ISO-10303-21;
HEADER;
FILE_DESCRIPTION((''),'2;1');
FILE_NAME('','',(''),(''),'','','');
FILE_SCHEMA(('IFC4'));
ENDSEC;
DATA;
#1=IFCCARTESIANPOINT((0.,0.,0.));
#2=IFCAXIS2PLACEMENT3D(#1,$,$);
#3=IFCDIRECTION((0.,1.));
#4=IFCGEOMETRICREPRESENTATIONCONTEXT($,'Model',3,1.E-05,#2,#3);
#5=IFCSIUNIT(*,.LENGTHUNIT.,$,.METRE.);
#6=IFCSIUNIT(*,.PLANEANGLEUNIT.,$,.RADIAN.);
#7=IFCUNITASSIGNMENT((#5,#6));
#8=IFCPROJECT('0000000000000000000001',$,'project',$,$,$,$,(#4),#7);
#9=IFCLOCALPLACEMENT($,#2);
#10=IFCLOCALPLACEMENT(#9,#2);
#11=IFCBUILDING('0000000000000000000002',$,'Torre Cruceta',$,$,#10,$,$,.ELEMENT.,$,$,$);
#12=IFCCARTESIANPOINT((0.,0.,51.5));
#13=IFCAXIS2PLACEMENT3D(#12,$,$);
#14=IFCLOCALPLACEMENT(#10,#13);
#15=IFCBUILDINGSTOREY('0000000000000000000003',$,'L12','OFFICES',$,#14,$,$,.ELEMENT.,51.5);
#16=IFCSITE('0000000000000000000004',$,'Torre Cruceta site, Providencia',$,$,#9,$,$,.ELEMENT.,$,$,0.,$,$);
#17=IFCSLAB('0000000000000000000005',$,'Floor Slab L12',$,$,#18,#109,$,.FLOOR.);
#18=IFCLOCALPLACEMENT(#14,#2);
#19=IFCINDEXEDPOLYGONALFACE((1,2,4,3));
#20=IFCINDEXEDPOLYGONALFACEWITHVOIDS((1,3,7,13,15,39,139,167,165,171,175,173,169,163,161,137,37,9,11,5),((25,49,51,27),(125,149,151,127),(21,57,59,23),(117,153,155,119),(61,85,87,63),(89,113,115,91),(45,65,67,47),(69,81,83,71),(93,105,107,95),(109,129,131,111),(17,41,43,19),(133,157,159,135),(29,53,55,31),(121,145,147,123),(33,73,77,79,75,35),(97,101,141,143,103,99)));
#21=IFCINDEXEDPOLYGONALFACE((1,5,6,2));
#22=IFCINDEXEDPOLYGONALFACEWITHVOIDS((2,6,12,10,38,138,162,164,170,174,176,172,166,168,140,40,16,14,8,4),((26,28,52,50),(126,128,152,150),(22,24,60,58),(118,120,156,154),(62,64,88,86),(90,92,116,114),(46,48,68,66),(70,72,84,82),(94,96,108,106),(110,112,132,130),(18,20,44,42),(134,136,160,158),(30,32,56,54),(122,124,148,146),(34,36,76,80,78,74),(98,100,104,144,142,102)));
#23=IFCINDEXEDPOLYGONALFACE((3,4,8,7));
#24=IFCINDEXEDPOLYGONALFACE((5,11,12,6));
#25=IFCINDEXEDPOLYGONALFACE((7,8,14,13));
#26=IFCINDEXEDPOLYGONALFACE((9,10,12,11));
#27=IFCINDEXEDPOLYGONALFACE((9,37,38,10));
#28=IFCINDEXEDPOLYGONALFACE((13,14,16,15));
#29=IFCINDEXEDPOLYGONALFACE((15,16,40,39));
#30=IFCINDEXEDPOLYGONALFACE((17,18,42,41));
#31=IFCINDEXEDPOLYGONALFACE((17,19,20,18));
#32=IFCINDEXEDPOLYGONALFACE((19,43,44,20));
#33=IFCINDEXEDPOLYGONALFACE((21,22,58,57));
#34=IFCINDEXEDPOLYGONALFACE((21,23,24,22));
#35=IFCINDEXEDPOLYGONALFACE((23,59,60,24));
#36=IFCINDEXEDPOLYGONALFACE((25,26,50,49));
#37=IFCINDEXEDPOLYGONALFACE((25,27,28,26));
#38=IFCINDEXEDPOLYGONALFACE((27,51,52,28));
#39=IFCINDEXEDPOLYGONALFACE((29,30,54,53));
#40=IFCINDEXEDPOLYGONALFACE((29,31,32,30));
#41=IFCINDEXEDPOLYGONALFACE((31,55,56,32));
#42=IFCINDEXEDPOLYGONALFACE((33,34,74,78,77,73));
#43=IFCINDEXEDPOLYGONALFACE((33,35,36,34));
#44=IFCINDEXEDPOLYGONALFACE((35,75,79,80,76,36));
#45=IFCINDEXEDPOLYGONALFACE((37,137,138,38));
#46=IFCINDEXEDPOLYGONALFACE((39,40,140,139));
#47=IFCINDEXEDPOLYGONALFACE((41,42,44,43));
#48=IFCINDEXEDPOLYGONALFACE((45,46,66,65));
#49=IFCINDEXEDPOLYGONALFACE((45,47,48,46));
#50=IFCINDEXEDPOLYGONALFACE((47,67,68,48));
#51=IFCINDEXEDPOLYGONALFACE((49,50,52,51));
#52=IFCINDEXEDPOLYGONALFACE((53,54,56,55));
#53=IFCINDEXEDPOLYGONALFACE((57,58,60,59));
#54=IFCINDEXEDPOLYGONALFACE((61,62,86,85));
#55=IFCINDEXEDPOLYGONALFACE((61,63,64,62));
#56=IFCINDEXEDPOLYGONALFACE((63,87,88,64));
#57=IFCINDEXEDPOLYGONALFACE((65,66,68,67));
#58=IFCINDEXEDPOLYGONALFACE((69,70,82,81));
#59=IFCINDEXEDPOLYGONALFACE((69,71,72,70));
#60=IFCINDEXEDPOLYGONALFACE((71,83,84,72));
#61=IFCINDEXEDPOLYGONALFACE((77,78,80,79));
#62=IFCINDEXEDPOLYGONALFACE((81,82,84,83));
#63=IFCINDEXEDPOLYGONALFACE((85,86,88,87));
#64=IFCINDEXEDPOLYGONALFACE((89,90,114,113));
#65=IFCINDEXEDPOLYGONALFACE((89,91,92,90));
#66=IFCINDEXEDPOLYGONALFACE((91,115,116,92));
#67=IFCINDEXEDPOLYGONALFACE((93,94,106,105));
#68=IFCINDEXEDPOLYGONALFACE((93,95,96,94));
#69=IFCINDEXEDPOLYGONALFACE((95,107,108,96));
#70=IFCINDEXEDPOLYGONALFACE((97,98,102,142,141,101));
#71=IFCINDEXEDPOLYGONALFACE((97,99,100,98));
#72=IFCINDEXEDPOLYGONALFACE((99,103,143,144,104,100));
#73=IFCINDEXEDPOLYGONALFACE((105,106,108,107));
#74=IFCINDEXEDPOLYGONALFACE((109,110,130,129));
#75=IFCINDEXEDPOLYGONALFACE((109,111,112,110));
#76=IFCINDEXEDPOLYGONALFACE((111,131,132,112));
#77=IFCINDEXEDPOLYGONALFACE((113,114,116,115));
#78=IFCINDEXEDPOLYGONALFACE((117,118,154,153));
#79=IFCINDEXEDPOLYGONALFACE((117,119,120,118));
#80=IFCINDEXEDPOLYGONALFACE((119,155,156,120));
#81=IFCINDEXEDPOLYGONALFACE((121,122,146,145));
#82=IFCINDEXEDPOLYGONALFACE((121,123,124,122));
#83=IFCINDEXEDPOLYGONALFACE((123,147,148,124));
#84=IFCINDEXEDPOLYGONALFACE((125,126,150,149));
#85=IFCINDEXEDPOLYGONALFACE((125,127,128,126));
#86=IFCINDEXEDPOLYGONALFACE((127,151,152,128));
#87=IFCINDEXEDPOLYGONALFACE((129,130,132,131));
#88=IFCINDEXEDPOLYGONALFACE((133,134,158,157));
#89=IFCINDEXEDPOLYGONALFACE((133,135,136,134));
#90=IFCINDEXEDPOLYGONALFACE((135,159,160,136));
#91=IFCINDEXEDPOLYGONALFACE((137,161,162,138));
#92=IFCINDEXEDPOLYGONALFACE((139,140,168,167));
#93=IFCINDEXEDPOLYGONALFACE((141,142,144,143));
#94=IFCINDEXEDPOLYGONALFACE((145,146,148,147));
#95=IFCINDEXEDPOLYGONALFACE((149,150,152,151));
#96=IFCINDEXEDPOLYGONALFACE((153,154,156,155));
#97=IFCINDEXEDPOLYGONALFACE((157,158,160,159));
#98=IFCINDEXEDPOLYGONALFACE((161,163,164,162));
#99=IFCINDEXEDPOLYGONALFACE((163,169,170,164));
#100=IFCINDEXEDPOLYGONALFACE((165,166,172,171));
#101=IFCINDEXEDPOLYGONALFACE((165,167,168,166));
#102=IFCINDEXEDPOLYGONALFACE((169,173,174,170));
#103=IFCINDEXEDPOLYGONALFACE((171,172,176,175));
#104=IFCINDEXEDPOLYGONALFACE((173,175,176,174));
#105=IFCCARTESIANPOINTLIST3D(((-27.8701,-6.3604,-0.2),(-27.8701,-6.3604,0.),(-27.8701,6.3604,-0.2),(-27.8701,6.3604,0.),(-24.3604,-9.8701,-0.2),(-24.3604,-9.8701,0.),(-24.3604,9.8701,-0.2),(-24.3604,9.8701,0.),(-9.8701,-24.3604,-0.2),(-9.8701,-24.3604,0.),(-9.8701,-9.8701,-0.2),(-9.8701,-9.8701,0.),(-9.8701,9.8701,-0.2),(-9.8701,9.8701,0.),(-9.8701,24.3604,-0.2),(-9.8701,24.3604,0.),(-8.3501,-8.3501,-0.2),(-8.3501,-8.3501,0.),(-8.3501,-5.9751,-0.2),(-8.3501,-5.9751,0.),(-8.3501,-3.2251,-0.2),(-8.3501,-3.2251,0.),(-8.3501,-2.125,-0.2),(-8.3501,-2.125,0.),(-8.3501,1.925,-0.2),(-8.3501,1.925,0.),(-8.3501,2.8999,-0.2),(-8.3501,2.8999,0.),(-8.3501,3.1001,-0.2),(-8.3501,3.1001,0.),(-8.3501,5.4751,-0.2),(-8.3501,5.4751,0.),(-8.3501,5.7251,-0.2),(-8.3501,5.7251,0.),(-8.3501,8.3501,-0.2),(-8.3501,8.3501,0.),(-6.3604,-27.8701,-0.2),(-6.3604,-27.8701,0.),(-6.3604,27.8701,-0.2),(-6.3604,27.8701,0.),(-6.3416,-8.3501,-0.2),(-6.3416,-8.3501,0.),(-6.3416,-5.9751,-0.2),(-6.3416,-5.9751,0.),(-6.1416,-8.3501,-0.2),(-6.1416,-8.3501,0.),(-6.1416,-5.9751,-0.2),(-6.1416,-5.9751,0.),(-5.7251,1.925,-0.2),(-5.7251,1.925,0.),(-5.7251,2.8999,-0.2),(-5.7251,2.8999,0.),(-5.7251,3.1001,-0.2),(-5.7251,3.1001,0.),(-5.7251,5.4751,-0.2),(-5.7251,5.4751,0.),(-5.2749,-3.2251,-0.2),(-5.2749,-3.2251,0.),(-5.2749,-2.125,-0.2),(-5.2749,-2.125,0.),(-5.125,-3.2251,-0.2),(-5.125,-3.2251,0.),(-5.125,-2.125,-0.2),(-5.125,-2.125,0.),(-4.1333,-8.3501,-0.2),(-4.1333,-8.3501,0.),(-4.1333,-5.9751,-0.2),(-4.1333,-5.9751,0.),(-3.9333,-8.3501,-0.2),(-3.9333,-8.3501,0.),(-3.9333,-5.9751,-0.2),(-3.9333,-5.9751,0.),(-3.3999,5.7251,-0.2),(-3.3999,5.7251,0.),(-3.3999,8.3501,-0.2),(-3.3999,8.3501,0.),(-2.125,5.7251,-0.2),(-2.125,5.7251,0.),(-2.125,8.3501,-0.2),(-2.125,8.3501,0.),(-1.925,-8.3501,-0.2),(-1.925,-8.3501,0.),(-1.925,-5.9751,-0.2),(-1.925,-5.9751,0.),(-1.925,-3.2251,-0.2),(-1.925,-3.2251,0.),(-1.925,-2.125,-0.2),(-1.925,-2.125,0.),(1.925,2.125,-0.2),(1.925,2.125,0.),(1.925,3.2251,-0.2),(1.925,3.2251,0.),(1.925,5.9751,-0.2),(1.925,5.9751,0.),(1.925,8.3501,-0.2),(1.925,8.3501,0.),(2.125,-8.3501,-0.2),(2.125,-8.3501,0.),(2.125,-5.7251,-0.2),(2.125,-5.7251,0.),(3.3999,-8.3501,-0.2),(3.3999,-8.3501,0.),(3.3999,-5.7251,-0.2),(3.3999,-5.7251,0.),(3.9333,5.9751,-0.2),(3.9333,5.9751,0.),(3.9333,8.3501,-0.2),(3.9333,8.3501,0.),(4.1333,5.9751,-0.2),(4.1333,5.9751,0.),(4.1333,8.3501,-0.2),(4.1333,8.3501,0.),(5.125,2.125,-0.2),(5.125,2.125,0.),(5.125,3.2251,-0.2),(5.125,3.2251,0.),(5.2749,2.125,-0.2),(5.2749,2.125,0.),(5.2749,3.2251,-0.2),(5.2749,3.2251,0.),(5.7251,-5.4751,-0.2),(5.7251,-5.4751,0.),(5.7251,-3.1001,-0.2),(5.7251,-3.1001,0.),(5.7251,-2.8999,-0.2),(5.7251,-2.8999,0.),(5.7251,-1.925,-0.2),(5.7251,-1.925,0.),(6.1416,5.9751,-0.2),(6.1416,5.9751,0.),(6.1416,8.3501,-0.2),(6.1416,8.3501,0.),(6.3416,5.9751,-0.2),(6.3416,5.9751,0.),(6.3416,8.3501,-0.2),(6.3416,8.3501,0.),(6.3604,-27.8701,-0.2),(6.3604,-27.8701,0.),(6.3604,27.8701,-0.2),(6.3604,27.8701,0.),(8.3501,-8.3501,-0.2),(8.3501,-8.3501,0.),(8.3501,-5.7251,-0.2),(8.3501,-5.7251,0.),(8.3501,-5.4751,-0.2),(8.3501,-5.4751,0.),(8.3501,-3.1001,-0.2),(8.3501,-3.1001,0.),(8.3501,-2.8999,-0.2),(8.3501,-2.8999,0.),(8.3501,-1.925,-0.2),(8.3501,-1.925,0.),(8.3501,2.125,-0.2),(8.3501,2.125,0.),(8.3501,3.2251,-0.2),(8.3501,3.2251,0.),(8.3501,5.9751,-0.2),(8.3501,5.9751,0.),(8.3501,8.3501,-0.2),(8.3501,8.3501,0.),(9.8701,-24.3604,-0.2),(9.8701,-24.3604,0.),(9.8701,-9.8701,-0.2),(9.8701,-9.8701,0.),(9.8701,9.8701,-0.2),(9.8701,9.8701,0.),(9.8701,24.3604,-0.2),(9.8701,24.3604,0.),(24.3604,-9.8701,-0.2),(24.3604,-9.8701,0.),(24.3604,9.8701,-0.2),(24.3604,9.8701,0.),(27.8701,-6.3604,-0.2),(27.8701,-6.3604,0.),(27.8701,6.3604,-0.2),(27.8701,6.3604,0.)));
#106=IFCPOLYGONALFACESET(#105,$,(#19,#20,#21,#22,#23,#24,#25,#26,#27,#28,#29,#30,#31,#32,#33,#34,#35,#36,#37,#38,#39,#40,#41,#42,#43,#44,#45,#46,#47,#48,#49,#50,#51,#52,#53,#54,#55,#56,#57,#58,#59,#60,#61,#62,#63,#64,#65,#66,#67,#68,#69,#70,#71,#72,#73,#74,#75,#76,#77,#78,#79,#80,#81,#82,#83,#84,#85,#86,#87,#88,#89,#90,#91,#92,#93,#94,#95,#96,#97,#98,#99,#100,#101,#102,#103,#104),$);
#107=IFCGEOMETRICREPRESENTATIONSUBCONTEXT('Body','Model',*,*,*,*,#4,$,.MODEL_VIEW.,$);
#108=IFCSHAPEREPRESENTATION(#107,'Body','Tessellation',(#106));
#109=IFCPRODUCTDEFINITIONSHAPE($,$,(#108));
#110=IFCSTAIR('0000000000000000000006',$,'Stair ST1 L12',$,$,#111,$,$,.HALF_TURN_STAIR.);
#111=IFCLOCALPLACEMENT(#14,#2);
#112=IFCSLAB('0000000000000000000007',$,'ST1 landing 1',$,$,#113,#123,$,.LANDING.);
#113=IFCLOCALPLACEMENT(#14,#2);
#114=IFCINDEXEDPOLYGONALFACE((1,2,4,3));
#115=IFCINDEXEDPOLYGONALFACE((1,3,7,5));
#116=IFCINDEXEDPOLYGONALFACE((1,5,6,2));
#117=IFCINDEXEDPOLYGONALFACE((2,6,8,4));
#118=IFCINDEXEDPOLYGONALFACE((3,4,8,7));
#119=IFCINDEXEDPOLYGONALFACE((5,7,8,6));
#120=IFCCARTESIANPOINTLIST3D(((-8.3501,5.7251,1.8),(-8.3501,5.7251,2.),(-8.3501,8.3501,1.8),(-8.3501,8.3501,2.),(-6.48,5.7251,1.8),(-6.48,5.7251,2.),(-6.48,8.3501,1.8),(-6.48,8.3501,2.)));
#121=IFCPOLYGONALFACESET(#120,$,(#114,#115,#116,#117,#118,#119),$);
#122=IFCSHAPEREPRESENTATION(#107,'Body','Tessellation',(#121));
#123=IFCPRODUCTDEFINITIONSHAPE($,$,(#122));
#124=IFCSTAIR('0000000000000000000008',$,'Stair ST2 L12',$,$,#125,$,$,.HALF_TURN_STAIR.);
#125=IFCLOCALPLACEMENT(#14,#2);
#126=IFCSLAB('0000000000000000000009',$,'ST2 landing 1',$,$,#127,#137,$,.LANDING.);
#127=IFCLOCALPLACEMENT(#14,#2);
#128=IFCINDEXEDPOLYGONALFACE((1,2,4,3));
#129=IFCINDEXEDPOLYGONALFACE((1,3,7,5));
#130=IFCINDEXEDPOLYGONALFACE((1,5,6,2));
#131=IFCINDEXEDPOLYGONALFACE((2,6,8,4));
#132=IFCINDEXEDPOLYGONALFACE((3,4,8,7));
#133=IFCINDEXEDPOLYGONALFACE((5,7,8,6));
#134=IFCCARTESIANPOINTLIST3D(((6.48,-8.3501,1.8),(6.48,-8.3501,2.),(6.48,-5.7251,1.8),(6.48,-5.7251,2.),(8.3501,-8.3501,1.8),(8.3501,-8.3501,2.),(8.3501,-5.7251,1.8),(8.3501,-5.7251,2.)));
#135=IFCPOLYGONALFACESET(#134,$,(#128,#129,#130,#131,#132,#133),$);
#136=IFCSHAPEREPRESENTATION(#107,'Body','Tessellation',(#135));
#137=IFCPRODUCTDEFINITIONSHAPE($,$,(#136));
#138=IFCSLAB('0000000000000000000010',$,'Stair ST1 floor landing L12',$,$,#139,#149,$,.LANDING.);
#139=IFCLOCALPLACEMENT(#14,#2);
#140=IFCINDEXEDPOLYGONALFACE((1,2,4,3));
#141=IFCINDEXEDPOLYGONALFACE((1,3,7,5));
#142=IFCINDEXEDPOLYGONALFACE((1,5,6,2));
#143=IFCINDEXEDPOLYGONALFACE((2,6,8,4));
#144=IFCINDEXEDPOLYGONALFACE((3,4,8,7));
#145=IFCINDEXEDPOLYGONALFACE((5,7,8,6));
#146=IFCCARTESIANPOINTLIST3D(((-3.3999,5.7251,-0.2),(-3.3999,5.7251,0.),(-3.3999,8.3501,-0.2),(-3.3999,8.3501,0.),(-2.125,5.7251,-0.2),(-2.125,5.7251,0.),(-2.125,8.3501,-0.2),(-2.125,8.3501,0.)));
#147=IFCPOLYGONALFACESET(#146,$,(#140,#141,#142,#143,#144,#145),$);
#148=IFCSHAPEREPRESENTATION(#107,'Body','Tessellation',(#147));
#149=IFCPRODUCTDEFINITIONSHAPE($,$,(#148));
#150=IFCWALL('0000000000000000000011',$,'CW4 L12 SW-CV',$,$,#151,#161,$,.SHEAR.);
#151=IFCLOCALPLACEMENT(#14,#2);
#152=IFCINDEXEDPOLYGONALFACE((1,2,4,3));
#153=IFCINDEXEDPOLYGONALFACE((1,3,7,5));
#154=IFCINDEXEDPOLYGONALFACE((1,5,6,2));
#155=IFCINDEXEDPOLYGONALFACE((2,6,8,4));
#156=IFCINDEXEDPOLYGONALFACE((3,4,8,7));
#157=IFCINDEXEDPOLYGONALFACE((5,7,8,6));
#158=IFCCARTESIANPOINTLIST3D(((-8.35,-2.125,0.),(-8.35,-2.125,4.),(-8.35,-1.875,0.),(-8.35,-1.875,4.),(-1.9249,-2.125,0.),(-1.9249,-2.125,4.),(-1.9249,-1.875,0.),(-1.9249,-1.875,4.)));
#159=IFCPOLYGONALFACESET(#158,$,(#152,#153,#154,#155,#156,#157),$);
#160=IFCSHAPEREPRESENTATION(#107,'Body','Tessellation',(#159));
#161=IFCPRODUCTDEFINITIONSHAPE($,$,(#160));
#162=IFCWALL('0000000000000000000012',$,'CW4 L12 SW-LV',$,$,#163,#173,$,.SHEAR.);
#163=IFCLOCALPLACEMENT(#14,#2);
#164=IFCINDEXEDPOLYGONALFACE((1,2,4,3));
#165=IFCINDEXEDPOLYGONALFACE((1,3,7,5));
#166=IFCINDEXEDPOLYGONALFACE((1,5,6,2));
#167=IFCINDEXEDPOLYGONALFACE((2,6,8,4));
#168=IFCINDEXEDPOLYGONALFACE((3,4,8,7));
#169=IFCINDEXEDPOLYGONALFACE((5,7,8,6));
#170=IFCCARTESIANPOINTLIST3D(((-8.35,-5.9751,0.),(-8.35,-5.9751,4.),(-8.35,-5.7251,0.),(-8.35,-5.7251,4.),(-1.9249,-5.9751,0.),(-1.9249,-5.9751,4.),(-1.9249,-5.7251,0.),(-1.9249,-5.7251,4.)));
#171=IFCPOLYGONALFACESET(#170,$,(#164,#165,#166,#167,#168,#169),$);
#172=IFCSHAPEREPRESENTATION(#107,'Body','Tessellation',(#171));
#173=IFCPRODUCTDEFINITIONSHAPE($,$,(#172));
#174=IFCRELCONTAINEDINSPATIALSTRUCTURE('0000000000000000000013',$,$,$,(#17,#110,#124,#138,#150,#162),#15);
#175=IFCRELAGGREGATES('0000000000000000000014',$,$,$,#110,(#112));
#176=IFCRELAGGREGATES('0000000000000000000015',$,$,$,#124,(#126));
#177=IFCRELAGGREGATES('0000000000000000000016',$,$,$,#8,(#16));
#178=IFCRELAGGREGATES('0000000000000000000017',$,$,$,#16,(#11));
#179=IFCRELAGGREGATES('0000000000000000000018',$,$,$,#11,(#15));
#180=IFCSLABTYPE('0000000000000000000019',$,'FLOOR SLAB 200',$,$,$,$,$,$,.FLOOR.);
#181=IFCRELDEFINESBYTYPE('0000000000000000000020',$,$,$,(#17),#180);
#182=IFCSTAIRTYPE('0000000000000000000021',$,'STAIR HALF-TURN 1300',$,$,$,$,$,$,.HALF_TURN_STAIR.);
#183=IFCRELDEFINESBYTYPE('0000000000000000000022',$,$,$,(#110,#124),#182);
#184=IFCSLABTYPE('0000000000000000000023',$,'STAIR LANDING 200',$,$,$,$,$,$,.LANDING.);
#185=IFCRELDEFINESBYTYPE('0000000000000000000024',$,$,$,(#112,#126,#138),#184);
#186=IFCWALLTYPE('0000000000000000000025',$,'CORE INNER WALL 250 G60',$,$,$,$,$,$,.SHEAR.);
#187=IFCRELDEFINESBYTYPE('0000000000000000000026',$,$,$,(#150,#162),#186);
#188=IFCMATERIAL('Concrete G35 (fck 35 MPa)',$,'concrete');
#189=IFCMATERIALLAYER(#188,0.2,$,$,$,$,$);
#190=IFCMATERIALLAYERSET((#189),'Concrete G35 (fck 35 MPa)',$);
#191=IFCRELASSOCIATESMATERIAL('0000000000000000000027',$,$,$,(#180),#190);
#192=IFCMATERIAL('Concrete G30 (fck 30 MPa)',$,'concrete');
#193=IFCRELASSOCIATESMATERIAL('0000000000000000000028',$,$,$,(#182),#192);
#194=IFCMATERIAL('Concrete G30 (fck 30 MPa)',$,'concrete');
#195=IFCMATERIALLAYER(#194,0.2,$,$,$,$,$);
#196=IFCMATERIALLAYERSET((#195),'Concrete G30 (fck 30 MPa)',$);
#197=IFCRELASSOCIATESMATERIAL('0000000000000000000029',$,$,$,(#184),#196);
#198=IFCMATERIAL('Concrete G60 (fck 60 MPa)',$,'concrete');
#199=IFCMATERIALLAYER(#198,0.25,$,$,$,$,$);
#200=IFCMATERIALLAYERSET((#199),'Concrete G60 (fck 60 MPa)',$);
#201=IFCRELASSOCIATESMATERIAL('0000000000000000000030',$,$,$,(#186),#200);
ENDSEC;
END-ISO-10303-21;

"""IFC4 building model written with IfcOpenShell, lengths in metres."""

from ifc_helpers import new_model, si_unit, direction, frame, frame_2d, origin, place, context, subcontext, project, spatial, polyline, rectangle, outline, extrude, material, layer, layer_set, type_object, element, aggregate, save


model = new_model("IFC4")

# Units and contexts
model_context = context("Model", 3, precision=1e-05, world=origin(), true_north=direction((0.0, 1.0)))
body_context = subcontext(model_context, "Body", "Model", "MODEL_VIEW")
ifc_project = project(units=[si_unit("LENGTHUNIT", "METRE"), si_unit("PLANEANGLEUNIT", "RADIAN")], contexts=[model_context])

# Site, building, storey
site_placement = place(None, origin())
site = spatial("IfcSite", under=ifc_project, at=site_placement, Name="Torre Cruceta site, Providencia", CompositionType="ELEMENT", RefElevation=0.0)
building_placement = place(site_placement, origin())
building = spatial("IfcBuilding", under=site, at=building_placement, Name="Torre Cruceta", CompositionType="ELEMENT")
storey_placement = place(building_placement, frame((0.0, 0.0, 51.5)))
storey = spatial("IfcBuildingStorey", under=building, at=storey_placement, Name="L12", Description="OFFICES", CompositionType="ELEMENT", Elevation=51.5)

# Slab
ifc_material_1 = material(Name="Concrete G35 (fck 35 MPa)", Category="concrete")
ifc_layer_1 = layer(ifc_material_1, 0.2)
ifc_layer_set_1 = layer_set([ifc_layer_1], Name="Concrete G35 (fck 35 MPa)")
slab_type_1 = type_object("IfcSlabType", Name="FLOOR SLAB 200", PredefinedType="FLOOR", material=ifc_layer_set_1)
slab_1_placement = place(storey_placement, frame((0.0, 0.0, -0.2)))
element("IfcSlab", 1, at=slab_1_placement, inside=storey, type_object=slab_type_1, Name="Floor Slab L12", PredefinedType="FLOOR", context=body_context, shape_type="SweptSolid", body=[
    extrude(outline(polyline([(9.8701, -9.8701), (9.8701, -24.3604), (6.3604, -27.8701), (-6.3604, -27.8701), (-9.8701, -24.3604), (-9.8701, -9.8701), (-24.3604, -9.8701), (-27.8701, -6.3604), (-27.8701, 6.3604), (-24.3604, 9.8701), (-9.8701, 9.8701), (-9.8701, 24.3604), (-6.3604, 27.8701), (6.3604, 27.8701), (9.8701, 24.3604), (9.8701, 9.8701), (24.3604, 9.8701), (27.8701, 6.3604), (27.8701, -6.3604), (24.3604, -9.8701), (9.8701, -9.8701)]), holes=[polyline([(1.925, 5.9751), (3.9333, 5.9751), (3.9333, 8.3501), (1.925, 8.3501), (1.925, 5.9751)]), polyline([(4.1333, 5.9751), (6.1416, 5.9751), (6.1416, 8.3501), (4.1333, 8.3501), (4.1333, 5.9751)]), polyline([(6.3416, 5.9751), (8.3501, 5.9751), (8.3501, 8.3501), (6.3416, 8.3501), (6.3416, 5.9751)]), polyline([(1.925, 2.125), (5.125, 2.125), (5.125, 3.2251), (1.925, 3.2251), (1.925, 2.125)]), polyline([(5.2749, 2.125), (8.3501, 2.125), (8.3501, 3.2251), (5.2749, 3.2251), (5.2749, 2.125)]), polyline([(-8.3501, 3.1001), (-5.7251, 3.1001), (-5.7251, 5.4751), (-8.3501, 5.4751), (-8.3501, 3.1001)]), polyline([(-8.3501, 1.925), (-5.7251, 1.925), (-5.7251, 2.8999), (-8.3501, 2.8999), (-8.3501, 1.925)]), polyline([(-3.9333, -8.3501), (-1.925, -8.3501), (-1.925, -5.9751), (-3.9333, -5.9751), (-3.9333, -8.3501)]), polyline([(-6.1416, -8.3501), (-4.1333, -8.3501), (-4.1333, -5.9751), (-6.1416, -5.9751), (-6.1416, -8.3501)]), polyline([(-8.3501, -8.3501), (-6.3416, -8.3501), (-6.3416, -5.9751), (-8.3501, -5.9751), (-8.3501, -8.3501)]), polyline([(-5.125, -3.2251), (-1.925, -3.2251), (-1.925, -2.125), (-5.125, -2.125), (-5.125, -3.2251)]), polyline([(-8.3501, -3.2251), (-5.2749, -3.2251), (-5.2749, -2.125), (-8.3501, -2.125), (-8.3501, -3.2251)]), polyline([(5.7251, -5.4751), (8.3501, -5.4751), (8.3501, -3.1001), (5.7251, -3.1001), (5.7251, -5.4751)]), polyline([(5.7251, -2.8999), (8.3501, -2.8999), (8.3501, -1.925), (5.7251, -1.925), (5.7251, -2.8999)]), polyline([(-8.3501, 5.7251), (-8.3501, 8.3501), (-3.3999, 8.3501), (-2.125, 8.3501), (-2.125, 5.7251), (-3.3999, 5.7251), (-8.3501, 5.7251)]), polyline([(2.125, -5.7251), (3.3999, -5.7251), (8.3501, -5.7251), (8.3501, -8.3501), (3.3999, -8.3501), (2.125, -8.3501), (2.125, -5.7251)])]), origin(), (0.0, 0.0, 1.0), 0.2),
])

# Stairs, slabs
ifc_material_2 = material(Name="Concrete G30 (fck 30 MPa)", Category="concrete")
stair_type = type_object("IfcStairType", Name="STAIR HALF-TURN 1300", PredefinedType="HALF_TURN_STAIR", material=ifc_material_2)
stair_1_placement = place(storey_placement, origin())
stair_1 = element("IfcStair", 2, at=stair_1_placement, inside=storey, type_object=stair_type, Name="Stair ST1 L12", PredefinedType="HALF_TURN_STAIR")
ifc_material_3 = material(Name="Concrete G30 (fck 30 MPa)", Category="concrete")
ifc_layer_2 = layer(ifc_material_3, 0.2)
ifc_layer_set_2 = layer_set([ifc_layer_2], Name="Concrete G30 (fck 30 MPa)")
slab_type_2 = type_object("IfcSlabType", Name="STAIR LANDING 200", PredefinedType="LANDING", material=ifc_layer_set_2)
slab_2_placement = place(storey_placement, frame((0.0, 0.0, 1.8)))
slab_2 = element("IfcSlab", 3, at=slab_2_placement, type_object=slab_type_2, Name="ST1 landing 1", PredefinedType="LANDING", context=body_context, shape_type="SweptSolid", body=[
    extrude(outline(polyline([(-8.3501, 5.7251), (-6.48, 5.7251), (-6.48, 8.3501), (-8.3501, 8.3501), (-8.3501, 5.7251)])), origin(), (0.0, 0.0, 1.0), 0.2),
])
aggregate(stair_1, [slab_2])
stair_2_placement = place(storey_placement, origin())
stair_2 = element("IfcStair", 4, at=stair_2_placement, inside=storey, type_object=stair_type, Name="Stair ST2 L12", PredefinedType="HALF_TURN_STAIR")
slab_3_placement = place(storey_placement, frame((0.0, 0.0, 1.8)))
slab_3 = element("IfcSlab", 5, at=slab_3_placement, type_object=slab_type_2, Name="ST2 landing 1", PredefinedType="LANDING", context=body_context, shape_type="SweptSolid", body=[
    extrude(outline(polyline([(6.48, -8.3501), (8.3501, -8.3501), (8.3501, -5.7251), (6.48, -5.7251), (6.48, -8.3501)])), origin(), (0.0, 0.0, 1.0), 0.2),
])
aggregate(stair_2, [slab_3])

# Slab
slab_4_placement = place(storey_placement, frame((0.0, 0.0, -0.2)))
element("IfcSlab", 6, at=slab_4_placement, inside=storey, type_object=slab_type_2, Name="Stair ST1 floor landing L12", PredefinedType="LANDING", context=body_context, shape_type="SweptSolid", body=[
    extrude(outline(polyline([(-2.125, 8.3501), (-2.125, 5.7251), (-3.3999, 5.7251), (-3.3999, 8.3501), (-2.125, 8.3501)])), origin(), (0.0, 0.0, 1.0), 0.2),
])

# Shared definitions
ifc_material_4 = material(Name="Concrete G60 (fck 60 MPa)", Category="concrete")
ifc_layer_3 = layer(ifc_material_4, 0.25)
ifc_layer_set_3 = layer_set([ifc_layer_3], Name="Concrete G60 (fck 60 MPa)")
wall_type_1 = type_object("IfcWallType", Name="CORE INNER WALL 250 G60", PredefinedType="SHEAR", material=ifc_layer_set_3)

# Walls
for number, where, z_axis, x_axis, name in (
    (7, (-1.925, -2.0, 0.0), (0.0, 0.0, 1.0), (-1.0, 0.0, 0.0), "CW4 L12 SW-CV"),
    (8, (-1.925, -5.8501, 0.0), (0.0, 0.0, 1.0), (-1.0, 0.0, 0.0), "CW4 L12 SW-LV"),
):
    element("IfcWall", number, at=place(storey_placement, frame(where, z_axis=z_axis, x_axis=x_axis)), inside=storey, type_object=wall_type_1, Name=name, PredefinedType="SHEAR", context=body_context, shape_type="SweptSolid", body=[
        extrude(rectangle(XDim=6.425, YDim=0.25, at=frame_2d((3.2124, 0.0))), origin(), (0.0, 0.0, 1.0), 4.0),
    ])

save(model, "model.ifc")
